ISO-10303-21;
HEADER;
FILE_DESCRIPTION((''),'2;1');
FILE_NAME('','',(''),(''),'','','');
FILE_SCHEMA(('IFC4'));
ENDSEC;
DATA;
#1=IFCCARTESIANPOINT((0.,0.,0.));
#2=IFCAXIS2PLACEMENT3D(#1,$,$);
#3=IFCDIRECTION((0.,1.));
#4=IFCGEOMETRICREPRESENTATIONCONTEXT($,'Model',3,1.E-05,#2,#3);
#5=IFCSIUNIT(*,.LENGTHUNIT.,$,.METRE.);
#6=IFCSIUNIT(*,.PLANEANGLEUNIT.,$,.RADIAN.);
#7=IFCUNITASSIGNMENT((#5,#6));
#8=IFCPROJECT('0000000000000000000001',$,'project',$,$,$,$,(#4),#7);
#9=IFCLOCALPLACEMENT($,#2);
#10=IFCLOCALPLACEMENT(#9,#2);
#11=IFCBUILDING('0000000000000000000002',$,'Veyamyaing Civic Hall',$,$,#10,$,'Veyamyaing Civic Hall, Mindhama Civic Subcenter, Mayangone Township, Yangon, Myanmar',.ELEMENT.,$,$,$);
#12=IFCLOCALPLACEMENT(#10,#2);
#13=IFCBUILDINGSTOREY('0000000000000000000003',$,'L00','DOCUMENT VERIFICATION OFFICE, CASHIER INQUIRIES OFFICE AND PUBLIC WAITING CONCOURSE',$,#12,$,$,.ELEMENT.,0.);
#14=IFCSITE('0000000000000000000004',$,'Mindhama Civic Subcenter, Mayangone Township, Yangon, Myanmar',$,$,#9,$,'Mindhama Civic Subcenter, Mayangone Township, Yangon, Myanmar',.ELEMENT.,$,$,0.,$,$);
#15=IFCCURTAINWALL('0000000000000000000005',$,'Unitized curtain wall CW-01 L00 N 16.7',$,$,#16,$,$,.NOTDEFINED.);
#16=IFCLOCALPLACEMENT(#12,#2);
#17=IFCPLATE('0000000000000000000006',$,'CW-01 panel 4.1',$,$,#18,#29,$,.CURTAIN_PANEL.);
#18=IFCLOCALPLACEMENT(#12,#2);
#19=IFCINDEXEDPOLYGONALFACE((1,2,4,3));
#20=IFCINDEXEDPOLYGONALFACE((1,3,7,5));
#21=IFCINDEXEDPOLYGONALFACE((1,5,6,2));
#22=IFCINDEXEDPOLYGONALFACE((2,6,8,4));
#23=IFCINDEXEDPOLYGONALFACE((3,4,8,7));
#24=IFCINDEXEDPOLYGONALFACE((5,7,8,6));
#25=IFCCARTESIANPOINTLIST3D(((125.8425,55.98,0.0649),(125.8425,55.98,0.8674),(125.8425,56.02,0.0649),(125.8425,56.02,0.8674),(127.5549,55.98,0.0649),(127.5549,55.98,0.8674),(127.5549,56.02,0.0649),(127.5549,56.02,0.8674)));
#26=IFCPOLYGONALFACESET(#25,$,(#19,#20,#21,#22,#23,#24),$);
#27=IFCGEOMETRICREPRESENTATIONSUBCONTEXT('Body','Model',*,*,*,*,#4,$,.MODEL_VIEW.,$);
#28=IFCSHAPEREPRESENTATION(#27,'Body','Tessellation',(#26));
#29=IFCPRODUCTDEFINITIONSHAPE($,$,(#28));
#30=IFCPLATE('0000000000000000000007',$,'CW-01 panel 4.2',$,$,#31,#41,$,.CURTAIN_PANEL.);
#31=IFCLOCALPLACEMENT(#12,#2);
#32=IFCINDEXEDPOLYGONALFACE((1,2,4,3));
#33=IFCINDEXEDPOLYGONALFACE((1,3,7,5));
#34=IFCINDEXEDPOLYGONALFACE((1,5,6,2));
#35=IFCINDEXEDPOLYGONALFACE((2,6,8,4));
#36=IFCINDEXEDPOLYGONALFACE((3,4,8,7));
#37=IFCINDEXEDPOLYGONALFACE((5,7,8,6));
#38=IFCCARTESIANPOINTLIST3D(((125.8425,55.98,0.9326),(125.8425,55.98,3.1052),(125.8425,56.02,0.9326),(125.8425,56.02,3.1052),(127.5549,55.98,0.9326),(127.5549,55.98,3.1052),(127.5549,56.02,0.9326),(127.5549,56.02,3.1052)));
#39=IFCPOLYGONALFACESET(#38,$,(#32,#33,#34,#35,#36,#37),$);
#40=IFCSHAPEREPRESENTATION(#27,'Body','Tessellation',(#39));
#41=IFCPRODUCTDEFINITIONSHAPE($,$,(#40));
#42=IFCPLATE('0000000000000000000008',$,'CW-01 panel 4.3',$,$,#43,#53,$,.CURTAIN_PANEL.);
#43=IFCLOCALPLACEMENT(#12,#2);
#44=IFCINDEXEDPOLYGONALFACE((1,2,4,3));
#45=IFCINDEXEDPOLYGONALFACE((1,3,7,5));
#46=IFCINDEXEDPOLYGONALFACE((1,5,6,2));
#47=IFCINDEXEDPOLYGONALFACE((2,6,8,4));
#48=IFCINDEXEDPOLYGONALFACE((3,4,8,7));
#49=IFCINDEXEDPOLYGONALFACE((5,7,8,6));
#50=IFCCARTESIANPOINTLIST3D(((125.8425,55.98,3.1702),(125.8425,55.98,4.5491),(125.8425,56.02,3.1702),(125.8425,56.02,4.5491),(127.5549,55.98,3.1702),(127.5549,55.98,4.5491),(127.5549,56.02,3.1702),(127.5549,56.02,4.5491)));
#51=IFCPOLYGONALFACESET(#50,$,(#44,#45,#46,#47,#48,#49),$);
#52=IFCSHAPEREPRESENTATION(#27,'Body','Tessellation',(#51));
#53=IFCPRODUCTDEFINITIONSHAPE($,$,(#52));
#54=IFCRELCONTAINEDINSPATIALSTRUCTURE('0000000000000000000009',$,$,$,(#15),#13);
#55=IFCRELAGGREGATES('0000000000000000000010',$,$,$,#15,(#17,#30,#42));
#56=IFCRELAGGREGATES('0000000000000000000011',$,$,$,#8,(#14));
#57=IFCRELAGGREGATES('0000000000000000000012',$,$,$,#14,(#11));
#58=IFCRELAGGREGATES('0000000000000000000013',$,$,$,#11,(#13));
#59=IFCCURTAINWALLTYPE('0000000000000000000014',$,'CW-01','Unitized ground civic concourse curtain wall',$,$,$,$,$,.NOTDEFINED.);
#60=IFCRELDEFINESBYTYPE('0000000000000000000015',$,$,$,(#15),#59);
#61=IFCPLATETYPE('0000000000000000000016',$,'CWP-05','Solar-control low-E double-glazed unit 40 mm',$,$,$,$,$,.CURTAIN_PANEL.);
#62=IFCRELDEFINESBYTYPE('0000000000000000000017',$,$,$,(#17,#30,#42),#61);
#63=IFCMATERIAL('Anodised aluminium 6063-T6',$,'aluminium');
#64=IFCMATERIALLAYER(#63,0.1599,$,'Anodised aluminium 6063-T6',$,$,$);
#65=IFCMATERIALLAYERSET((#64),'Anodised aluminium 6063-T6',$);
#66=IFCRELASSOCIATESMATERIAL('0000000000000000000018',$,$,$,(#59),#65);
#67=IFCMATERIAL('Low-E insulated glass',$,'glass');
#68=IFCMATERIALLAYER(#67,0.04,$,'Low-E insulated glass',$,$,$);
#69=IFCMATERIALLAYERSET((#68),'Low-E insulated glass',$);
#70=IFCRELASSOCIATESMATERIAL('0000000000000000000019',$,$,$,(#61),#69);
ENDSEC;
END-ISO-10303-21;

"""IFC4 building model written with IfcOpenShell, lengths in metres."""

from ifc_helpers import new_model, si_unit, direction, frame, origin, origin_2d, place, context, subcontext, project, spatial, rectangle, extrude, material, layer, layer_set, type_object, element, aggregate, save


model = new_model("IFC4")

# Units and contexts
model_context = context("Model", 3, precision=1e-05, world=origin(), true_north=direction((0.0, 1.0)))
body_context = subcontext(model_context, "Body", "Model", "MODEL_VIEW")
ifc_project = project(units=[si_unit("LENGTHUNIT", "METRE"), si_unit("PLANEANGLEUNIT", "RADIAN")], contexts=[model_context])

# Site, building, storey
site_placement = place(None, origin())
site = spatial("IfcSite", under=ifc_project, at=site_placement, Name="Mindhama Civic Subcenter, Mayangone Township, Yangon, Myanmar", LongName="Mindhama Civic Subcenter, Mayangone Township, Yangon, Myanmar", CompositionType="ELEMENT", RefElevation=0.0)
building_placement = place(site_placement, origin())
building = spatial("IfcBuilding", under=site, at=building_placement, Name="Veyamyaing Civic Hall", LongName="Veyamyaing Civic Hall, Mindhama Civic Subcenter, Mayangone Township, Yangon, Myanmar", CompositionType="ELEMENT")
storey_placement = place(building_placement, origin())
storey = spatial("IfcBuildingStorey", under=building, at=storey_placement, Name="L00", Description="DOCUMENT VERIFICATION OFFICE, CASHIER INQUIRIES OFFICE AND PUBLIC WAITING CONCOURSE", CompositionType="ELEMENT", Elevation=0.0)

# Curtain wall, plates
ifc_material_1 = material(Name="Anodised aluminium 6063-T6", Category="aluminium")
ifc_layer_1 = layer(ifc_material_1, 0.1599, Name="Anodised aluminium 6063-T6")
ifc_layer_set_1 = layer_set([ifc_layer_1], Name="Anodised aluminium 6063-T6")
curtain_wall_type = type_object("IfcCurtainWallType", Name="CW-01", Description="Unitized ground civic concourse curtain wall", PredefinedType="NOTDEFINED", material=ifc_layer_set_1)
curtain_wall_placement = place(storey_placement, origin())
curtain_wall = element("IfcCurtainWall", 1, at=curtain_wall_placement, inside=storey, type_object=curtain_wall_type, Name="Unitized curtain wall CW-01 L00 N 16.7", PredefinedType="NOTDEFINED")
ifc_material_2 = material(Name="Low-E insulated glass", Category="glass")
ifc_layer_2 = layer(ifc_material_2, 0.04, Name="Low-E insulated glass")
ifc_layer_set_2 = layer_set([ifc_layer_2], Name="Low-E insulated glass")
plate_type = type_object("IfcPlateType", Name="CWP-05", Description="Solar-control low-E double-glazed unit 40 mm", PredefinedType="CURTAIN_PANEL", material=ifc_layer_set_2)
plate_1_placement = place(storey_placement, frame((126.6987, 56.0, 0.0649), z_axis=(0.0, 0.0, 1.0), x_axis=(1.0, 0.0, 0.0)))
plate_1 = element("IfcPlate", 2, at=plate_1_placement, type_object=plate_type, Name="CW-01 panel 4.1", PredefinedType="CURTAIN_PANEL", context=body_context, shape_type="SweptSolid", body=[
    extrude(rectangle(XDim=1.7124, YDim=0.04, at=origin_2d()), origin(), (0.0, 0.0, 1.0), 0.8025),
])
plate_2_placement = place(storey_placement, frame((126.6987, 56.0, 0.9326), z_axis=(0.0, 0.0, 1.0), x_axis=(1.0, 0.0, 0.0)))
plate_2 = element("IfcPlate", 3, at=plate_2_placement, type_object=plate_type, Name="CW-01 panel 4.2", PredefinedType="CURTAIN_PANEL", context=body_context, shape_type="SweptSolid", body=[
    extrude(rectangle(XDim=1.7124, YDim=0.04, at=origin_2d()), origin(), (0.0, 0.0, 1.0), 2.1726),
])
plate_3_placement = place(storey_placement, frame((126.6987, 56.0, 3.1702), z_axis=(0.0, 0.0, 1.0), x_axis=(1.0, 0.0, 0.0)))
plate_3 = element("IfcPlate", 4, at=plate_3_placement, type_object=plate_type, Name="CW-01 panel 4.3", PredefinedType="CURTAIN_PANEL", context=body_context, shape_type="SweptSolid", body=[
    extrude(rectangle(XDim=1.7124, YDim=0.04, at=origin_2d()), origin(), (0.0, 0.0, 1.0), 1.3789),
])
aggregate(curtain_wall, [plate_1, plate_2, plate_3])

save(model, "model.ifc")
